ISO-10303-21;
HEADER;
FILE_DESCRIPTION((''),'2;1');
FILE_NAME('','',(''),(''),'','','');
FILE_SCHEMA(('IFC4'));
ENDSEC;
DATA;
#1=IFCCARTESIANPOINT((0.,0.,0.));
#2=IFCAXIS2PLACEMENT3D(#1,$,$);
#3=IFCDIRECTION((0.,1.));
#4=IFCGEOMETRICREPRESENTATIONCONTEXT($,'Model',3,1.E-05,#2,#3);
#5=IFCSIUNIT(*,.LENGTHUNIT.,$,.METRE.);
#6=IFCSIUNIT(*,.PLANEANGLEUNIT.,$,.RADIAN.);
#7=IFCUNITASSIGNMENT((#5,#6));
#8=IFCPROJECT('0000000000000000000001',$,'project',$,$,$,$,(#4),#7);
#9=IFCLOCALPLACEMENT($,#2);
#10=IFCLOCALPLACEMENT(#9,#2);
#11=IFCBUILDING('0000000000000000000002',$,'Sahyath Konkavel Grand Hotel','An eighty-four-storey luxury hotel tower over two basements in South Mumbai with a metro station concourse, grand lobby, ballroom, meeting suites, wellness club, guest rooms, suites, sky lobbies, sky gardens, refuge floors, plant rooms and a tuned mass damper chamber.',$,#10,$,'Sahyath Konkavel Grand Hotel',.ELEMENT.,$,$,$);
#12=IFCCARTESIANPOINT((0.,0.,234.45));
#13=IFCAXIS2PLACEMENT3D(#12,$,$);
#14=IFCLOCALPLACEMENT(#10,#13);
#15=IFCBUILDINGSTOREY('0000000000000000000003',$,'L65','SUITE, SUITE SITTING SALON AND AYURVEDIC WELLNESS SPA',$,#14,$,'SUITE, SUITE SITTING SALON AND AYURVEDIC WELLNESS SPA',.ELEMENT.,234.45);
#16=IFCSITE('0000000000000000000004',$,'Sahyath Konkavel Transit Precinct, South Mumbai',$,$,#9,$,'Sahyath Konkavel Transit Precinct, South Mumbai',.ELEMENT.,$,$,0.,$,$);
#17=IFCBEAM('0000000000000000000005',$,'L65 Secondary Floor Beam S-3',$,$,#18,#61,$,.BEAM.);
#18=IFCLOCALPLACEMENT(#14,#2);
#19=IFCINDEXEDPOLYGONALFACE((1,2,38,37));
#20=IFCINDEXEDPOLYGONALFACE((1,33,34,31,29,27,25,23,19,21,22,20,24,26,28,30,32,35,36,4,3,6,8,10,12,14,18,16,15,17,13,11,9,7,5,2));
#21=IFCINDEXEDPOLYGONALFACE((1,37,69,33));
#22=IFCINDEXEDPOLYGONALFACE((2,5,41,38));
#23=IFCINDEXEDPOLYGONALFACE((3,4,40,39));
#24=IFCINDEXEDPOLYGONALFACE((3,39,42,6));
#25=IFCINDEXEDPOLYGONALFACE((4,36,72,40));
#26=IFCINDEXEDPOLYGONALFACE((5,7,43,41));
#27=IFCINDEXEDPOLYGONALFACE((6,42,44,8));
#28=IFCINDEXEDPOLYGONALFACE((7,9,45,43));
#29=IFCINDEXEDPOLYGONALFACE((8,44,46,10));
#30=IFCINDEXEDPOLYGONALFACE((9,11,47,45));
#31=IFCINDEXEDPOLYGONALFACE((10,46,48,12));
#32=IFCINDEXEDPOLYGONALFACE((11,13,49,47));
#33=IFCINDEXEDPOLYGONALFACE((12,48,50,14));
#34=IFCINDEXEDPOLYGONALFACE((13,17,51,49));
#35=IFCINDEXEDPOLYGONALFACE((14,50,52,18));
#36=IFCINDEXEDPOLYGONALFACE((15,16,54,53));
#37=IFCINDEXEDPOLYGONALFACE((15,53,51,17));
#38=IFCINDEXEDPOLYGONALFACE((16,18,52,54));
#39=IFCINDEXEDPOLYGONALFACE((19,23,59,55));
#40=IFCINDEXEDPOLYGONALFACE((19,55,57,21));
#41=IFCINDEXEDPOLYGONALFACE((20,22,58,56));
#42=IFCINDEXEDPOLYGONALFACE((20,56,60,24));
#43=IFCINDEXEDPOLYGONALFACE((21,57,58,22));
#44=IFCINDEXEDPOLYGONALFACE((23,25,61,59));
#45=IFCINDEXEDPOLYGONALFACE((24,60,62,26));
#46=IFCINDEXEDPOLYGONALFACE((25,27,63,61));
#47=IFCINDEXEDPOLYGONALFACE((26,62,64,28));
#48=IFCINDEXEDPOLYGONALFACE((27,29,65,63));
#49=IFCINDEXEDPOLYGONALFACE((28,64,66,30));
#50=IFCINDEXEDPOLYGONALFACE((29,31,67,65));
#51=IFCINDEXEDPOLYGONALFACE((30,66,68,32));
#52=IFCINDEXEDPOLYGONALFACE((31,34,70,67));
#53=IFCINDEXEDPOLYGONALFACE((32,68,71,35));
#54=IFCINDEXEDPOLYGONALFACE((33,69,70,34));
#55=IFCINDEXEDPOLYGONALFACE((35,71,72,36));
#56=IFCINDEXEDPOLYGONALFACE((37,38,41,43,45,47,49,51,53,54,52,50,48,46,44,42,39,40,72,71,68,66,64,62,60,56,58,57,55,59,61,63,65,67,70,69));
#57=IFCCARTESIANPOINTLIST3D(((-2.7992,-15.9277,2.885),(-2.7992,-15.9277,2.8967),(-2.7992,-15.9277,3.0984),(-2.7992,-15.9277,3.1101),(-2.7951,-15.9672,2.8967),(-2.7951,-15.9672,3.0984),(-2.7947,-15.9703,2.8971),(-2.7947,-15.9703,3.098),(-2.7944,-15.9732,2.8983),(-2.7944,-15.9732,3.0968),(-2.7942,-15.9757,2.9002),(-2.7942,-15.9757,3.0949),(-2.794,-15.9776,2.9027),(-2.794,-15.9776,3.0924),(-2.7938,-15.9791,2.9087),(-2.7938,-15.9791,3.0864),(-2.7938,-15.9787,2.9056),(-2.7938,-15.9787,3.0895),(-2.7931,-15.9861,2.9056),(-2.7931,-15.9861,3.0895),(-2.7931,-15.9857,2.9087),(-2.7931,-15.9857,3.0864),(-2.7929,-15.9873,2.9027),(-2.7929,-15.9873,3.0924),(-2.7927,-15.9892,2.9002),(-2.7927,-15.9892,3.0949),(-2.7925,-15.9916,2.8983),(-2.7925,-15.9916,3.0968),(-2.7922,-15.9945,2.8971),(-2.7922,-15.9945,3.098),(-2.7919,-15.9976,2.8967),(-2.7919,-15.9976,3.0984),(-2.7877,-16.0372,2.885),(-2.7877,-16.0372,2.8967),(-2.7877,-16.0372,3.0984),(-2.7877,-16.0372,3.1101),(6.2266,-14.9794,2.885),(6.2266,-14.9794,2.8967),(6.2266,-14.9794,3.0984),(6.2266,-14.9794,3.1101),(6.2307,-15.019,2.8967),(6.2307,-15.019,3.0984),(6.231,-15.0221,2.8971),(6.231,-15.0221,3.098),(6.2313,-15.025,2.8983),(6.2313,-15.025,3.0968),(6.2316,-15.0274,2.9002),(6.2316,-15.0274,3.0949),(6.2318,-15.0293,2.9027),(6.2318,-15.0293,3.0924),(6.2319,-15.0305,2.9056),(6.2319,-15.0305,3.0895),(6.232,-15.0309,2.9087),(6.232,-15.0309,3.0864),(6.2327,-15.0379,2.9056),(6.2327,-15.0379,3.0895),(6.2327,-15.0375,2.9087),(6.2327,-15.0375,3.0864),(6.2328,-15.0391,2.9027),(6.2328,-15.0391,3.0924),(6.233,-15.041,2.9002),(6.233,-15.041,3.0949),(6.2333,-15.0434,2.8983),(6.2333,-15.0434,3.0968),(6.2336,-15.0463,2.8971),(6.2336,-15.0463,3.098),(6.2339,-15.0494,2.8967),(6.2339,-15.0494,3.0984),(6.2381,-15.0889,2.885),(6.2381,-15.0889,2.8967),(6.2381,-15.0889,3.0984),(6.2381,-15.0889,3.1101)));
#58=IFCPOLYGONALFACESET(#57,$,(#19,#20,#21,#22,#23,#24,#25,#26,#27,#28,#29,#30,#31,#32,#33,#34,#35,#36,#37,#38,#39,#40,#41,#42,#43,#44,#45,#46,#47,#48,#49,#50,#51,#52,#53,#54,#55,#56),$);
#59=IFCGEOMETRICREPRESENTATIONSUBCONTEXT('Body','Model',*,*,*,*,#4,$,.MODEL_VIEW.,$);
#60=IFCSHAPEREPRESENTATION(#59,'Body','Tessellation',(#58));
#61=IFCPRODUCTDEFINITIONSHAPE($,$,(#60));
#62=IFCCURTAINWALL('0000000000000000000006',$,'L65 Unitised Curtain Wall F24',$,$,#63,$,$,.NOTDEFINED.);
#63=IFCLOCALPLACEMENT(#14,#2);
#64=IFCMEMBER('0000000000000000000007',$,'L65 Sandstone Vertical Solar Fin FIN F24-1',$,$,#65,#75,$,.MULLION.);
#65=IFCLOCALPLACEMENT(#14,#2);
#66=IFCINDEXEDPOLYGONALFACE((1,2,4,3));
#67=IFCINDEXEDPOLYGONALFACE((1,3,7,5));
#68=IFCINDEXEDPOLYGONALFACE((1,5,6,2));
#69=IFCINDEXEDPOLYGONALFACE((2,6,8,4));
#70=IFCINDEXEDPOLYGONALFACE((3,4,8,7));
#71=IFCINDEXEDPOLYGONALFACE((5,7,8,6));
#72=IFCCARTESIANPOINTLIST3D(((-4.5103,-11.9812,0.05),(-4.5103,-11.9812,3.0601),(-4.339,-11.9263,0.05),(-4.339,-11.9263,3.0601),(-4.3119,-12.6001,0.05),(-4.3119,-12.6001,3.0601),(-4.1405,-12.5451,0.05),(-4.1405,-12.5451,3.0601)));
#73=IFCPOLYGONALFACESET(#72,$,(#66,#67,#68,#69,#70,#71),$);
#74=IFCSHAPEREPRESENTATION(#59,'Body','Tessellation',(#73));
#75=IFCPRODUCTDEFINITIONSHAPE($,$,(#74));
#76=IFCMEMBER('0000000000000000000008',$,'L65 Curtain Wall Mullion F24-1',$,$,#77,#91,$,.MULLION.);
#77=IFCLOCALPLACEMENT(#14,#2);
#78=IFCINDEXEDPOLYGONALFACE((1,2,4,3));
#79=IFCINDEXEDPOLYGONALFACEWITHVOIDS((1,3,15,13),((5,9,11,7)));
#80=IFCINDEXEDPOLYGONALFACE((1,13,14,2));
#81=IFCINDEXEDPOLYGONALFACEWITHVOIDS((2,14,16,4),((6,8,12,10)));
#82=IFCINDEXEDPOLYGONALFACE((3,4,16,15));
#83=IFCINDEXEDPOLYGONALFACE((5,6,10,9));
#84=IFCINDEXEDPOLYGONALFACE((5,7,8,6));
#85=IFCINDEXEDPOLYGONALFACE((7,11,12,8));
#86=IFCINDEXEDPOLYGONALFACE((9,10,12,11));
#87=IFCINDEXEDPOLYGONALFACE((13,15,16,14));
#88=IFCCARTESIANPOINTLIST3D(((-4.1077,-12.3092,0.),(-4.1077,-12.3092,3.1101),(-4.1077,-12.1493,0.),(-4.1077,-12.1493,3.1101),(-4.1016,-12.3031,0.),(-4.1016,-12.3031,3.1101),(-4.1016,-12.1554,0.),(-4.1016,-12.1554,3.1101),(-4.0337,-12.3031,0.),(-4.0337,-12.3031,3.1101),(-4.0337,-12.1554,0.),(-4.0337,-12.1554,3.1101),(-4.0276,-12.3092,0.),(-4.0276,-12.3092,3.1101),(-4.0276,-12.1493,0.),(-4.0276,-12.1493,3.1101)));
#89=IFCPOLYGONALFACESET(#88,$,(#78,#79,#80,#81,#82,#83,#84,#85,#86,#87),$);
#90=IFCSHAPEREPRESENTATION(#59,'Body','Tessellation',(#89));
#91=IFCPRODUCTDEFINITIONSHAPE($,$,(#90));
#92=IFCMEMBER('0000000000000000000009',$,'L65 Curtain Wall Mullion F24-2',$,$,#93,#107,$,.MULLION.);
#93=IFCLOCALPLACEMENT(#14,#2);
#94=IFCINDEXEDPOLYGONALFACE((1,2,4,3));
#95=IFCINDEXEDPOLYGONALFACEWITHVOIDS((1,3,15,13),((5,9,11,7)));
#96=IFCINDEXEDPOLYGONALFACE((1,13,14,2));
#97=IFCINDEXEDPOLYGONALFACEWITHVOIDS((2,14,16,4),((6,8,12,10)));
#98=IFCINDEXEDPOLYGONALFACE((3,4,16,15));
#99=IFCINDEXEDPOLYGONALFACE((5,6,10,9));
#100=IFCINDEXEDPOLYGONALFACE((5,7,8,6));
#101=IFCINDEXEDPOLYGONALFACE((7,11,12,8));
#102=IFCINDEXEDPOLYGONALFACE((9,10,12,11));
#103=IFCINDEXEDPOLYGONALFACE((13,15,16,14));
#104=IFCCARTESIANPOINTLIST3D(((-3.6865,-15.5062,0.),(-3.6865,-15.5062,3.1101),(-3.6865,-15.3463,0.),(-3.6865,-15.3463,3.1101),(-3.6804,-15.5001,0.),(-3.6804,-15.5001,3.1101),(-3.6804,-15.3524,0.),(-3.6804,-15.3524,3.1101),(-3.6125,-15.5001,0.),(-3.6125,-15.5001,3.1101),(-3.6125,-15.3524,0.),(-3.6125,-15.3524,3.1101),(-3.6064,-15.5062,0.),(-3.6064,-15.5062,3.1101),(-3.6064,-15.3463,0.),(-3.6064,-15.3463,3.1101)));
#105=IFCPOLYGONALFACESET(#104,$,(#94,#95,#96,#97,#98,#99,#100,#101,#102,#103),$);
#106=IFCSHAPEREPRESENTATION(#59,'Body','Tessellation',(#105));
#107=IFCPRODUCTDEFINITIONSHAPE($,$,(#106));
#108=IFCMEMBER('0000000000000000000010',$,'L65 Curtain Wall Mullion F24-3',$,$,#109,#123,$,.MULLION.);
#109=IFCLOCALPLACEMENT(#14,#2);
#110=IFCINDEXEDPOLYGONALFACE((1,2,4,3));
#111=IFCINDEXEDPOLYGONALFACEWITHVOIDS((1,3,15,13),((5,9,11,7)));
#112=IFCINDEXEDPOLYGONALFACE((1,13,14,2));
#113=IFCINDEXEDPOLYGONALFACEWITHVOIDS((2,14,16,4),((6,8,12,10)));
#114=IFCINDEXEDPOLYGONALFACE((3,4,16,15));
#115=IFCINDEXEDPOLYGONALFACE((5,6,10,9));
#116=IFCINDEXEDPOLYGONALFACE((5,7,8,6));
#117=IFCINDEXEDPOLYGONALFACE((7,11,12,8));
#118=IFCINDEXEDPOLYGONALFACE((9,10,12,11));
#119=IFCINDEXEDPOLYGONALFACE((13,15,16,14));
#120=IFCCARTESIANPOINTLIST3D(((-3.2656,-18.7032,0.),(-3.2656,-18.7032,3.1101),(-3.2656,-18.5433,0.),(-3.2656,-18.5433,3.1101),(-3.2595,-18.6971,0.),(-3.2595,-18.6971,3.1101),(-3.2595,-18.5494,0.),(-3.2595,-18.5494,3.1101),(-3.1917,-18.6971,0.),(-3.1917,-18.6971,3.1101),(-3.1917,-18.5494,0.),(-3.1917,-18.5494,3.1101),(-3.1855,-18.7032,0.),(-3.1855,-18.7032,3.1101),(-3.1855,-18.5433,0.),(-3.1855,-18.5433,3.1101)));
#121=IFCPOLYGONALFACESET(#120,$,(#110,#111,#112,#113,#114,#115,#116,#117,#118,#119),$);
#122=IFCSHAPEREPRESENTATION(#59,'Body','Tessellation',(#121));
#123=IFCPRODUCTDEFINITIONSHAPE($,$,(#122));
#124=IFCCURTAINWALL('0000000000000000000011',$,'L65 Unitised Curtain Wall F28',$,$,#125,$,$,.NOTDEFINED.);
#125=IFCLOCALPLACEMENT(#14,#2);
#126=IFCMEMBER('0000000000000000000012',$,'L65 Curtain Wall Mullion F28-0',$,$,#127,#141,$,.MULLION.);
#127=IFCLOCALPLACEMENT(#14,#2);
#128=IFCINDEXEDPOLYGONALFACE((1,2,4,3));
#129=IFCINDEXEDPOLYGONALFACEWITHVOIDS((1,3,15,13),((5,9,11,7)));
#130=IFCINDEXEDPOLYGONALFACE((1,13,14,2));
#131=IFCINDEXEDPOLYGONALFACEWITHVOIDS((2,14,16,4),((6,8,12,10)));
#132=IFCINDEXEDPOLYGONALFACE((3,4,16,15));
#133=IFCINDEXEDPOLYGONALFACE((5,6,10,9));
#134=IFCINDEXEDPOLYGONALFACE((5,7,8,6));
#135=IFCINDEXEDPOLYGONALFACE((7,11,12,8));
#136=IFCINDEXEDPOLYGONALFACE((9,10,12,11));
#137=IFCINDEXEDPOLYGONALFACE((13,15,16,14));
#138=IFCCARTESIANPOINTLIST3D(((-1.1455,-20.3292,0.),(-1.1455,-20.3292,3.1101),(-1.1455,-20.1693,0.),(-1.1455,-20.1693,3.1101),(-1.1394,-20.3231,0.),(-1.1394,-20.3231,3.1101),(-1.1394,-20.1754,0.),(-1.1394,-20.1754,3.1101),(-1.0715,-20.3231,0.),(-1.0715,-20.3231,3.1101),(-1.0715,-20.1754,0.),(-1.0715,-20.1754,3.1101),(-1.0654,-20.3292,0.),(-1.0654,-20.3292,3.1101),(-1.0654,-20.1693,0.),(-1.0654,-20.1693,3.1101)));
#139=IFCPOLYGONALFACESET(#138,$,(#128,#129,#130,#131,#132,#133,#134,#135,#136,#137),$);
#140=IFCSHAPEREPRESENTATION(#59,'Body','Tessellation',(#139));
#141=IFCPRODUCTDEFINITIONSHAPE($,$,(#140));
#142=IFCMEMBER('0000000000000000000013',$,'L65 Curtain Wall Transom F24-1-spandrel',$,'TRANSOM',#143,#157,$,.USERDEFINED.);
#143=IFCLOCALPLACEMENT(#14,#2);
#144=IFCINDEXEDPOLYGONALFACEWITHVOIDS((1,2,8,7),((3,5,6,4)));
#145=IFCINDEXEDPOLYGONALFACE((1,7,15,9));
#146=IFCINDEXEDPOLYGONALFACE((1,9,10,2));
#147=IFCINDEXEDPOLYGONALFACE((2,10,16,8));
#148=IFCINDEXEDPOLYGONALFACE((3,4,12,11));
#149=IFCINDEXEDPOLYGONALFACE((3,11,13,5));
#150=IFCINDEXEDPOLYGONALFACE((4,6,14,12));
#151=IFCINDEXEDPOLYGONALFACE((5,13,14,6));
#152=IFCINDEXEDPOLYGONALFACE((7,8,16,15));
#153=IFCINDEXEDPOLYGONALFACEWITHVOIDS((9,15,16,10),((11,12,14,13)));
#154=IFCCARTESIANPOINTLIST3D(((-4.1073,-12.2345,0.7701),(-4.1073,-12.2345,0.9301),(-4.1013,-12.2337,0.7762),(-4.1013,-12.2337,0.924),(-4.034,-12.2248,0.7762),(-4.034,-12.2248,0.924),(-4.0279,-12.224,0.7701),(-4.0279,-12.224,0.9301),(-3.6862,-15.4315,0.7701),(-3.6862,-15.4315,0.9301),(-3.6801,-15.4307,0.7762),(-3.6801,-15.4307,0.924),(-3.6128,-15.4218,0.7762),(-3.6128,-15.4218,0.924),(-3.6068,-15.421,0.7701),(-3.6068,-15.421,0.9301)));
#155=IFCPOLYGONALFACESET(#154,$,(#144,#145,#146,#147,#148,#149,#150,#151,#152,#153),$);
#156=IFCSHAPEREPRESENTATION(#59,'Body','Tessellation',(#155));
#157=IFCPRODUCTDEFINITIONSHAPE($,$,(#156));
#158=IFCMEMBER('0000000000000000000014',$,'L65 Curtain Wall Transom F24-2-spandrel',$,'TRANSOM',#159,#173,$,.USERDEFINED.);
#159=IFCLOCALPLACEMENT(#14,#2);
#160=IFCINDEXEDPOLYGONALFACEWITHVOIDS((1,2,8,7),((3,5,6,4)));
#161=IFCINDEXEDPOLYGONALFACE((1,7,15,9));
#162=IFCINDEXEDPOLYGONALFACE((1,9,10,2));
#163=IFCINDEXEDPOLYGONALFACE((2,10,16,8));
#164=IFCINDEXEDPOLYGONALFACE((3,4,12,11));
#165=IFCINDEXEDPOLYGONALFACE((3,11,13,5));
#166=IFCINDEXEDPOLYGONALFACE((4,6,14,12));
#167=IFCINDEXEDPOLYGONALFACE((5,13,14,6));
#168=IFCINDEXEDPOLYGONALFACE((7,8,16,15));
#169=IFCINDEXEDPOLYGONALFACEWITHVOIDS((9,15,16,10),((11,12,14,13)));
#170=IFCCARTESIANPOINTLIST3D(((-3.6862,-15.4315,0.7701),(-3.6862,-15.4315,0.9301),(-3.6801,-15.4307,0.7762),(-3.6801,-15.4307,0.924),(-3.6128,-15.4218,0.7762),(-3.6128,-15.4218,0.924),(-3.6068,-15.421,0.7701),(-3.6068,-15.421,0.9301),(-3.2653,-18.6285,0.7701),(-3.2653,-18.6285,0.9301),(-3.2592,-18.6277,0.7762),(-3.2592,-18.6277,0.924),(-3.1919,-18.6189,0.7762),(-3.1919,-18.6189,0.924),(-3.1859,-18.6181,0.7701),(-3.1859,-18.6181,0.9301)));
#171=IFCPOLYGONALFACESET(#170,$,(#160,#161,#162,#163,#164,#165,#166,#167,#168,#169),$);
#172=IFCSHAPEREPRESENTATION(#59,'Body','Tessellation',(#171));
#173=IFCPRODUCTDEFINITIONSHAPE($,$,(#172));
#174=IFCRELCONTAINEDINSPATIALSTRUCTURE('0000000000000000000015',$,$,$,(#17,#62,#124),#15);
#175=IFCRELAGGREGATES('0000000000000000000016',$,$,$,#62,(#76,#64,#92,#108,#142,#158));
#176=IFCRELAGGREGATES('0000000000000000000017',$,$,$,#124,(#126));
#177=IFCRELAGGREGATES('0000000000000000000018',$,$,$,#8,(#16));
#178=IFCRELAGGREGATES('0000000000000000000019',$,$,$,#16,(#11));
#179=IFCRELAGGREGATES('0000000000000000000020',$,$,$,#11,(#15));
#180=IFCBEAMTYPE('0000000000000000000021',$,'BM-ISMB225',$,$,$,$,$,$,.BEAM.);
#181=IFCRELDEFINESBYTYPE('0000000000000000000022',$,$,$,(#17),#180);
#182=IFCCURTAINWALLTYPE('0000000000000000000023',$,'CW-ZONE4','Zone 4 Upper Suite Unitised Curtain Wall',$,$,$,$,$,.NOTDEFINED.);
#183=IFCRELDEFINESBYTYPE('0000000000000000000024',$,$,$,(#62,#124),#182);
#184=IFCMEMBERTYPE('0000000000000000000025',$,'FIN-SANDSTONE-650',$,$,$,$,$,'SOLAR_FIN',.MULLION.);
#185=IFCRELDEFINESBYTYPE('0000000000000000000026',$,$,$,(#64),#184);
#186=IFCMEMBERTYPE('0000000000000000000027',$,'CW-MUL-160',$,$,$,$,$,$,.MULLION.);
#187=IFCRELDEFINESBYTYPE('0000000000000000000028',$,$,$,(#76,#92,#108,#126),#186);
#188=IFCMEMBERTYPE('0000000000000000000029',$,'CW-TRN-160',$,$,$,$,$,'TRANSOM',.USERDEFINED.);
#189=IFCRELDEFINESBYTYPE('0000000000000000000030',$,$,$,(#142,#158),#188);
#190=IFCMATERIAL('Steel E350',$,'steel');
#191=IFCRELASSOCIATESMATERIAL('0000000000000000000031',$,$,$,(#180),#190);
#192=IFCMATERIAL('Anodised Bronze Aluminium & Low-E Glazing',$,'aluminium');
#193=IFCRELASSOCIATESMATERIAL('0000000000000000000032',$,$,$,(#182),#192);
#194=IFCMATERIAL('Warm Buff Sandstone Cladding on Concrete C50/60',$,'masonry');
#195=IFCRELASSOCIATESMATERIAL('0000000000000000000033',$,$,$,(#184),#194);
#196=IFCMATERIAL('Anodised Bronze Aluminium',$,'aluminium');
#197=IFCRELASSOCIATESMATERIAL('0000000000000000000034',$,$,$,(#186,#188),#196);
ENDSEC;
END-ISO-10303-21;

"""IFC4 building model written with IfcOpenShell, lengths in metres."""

from ifc_helpers import new_model, si_unit, direction, frame, origin, origin_2d, place, context, subcontext, project, spatial, rectangle, hollow_rectangle, i_section, extrude, source, transform, mapped, material, material_profile, profile_set, type_object, element, aggregate, save


model = new_model("IFC4")

# Units and contexts
model_context = context("Model", 3, precision=1e-05, world=origin(), true_north=direction((0.0, 1.0)))
body_context = subcontext(model_context, "Body", "Model", "MODEL_VIEW")
ifc_project = project(units=[si_unit("LENGTHUNIT", "METRE"), si_unit("PLANEANGLEUNIT", "RADIAN")], contexts=[model_context])

# Site, building, storey
site_placement = place(None, origin())
site = spatial("IfcSite", under=ifc_project, at=site_placement, Name="Sahyath Konkavel Transit Precinct, South Mumbai", LongName="Sahyath Konkavel Transit Precinct, South Mumbai", CompositionType="ELEMENT", RefElevation=0.0)
building_placement = place(site_placement, origin())
building = spatial("IfcBuilding", under=site, at=building_placement, Name="Sahyath Konkavel Grand Hotel", Description="An eighty-four-storey luxury hotel tower over two basements in South Mumbai with a metro station concourse, grand lobby, ballroom, meeting suites, wellness club, guest rooms, suites, sky lobbies, sky gardens, refuge floors, plant rooms and a tuned mass damper chamber.", LongName="Sahyath Konkavel Grand Hotel", CompositionType="ELEMENT")
storey_placement = place(building_placement, frame((0.0, 0.0, 234.45)))
storey = spatial("IfcBuildingStorey", under=building, at=storey_placement, Name="L65", Description="SUITE, SUITE SITTING SALON AND AYURVEDIC WELLNESS SPA", LongName="SUITE, SUITE SITTING SALON AND AYURVEDIC WELLNESS SPA", CompositionType="ELEMENT", Elevation=234.45)

# Beam
ifc_material_1 = material(Name="Steel E350", Category="steel")
ifc_material_profile_1 = material_profile(ifc_material_1, i_section(OverallWidth=0.1101, OverallDepth=0.2251, WebThickness=0.0066, FlangeThickness=0.0117, FilletRadius=0.012, at=origin_2d()), Name="ISMB 225")
ifc_profile_set_1 = profile_set([ifc_material_profile_1], Name="Steel E350")
beam_type_1 = type_object("IfcBeamType", Name="BM-ISMB225", PredefinedType="BEAM", material=ifc_profile_set_1)
shared_shape_1 = source(origin(), body_context, "Body", "SweptSolid", [
    extrude(i_section(OverallWidth=0.1101, OverallDepth=0.2251, WebThickness=0.0066, FlangeThickness=0.0117, FilletRadius=0.012, at=origin_2d()), origin(), (0.0, 0.0, 1.0), 9.0754),
])
beam_1_placement = place(storey_placement, frame((-2.7935, -15.9824, 2.9976), z_axis=(0.994527, 0.104483, 0.0), x_axis=(-0.104483, 0.994527, 0.0)))
element("IfcBeam", 1, at=beam_1_placement, inside=storey, type_object=beam_type_1, Name="L65 Secondary Floor Beam S-3", PredefinedType="BEAM", context=body_context, shape_type="MappedRepresentation", body=[
    mapped(shared_shape_1, transform((0.0, 0.0, 0.0), scale=1.0)),
])

# Curtain wall, members
ifc_material_2 = material(Name="Anodised Bronze Aluminium & Low-E Glazing", Category="aluminium")
curtain_wall_type = type_object("IfcCurtainWallType", Name="CW-ZONE4", Description="Zone 4 Upper Suite Unitised Curtain Wall", PredefinedType="NOTDEFINED", material=ifc_material_2)
curtain_wall_1_placement = place(storey_placement, origin())
curtain_wall_1 = element("IfcCurtainWall", 2, at=curtain_wall_1_placement, inside=storey, type_object=curtain_wall_type, Name="L65 Unitised Curtain Wall F24", PredefinedType="NOTDEFINED")
ifc_material_3 = material(Name="Warm Buff Sandstone Cladding on Concrete C50/60", Category="masonry")
ifc_material_profile_2 = material_profile(ifc_material_3, rectangle(XDim=0.1799, YDim=0.6499, at=origin_2d()), Name="FIN 180x650")
ifc_profile_set_2 = profile_set([ifc_material_profile_2], Name="Warm Buff Sandstone Cladding on Concrete C50/60")
member_type_1 = type_object("IfcMemberType", Name="FIN-SANDSTONE-650", ElementType="SOLAR_FIN", PredefinedType="MULLION", material=ifc_profile_set_2)
shared_shape_2 = source(origin(), body_context, "Body", "SweptSolid", [
    extrude(rectangle(XDim=0.1799, YDim=0.6499, at=origin_2d()), origin(), (0.0, 0.0, 1.0), 3.01),
])
member_1_placement = place(storey_placement, frame((-4.3254, -12.2632, 0.05), z_axis=(0.0, 0.0, 1.0), x_axis=(0.952236, 0.305363, 0.0)))
member_1 = element("IfcMember", 3, at=member_1_placement, type_object=member_type_1, Name="L65 Sandstone Vertical Solar Fin FIN F24-1", PredefinedType="MULLION", context=body_context, shape_type="MappedRepresentation", body=[
    mapped(shared_shape_2, transform((0.0, 0.0, 0.0), scale=1.0)),
])
ifc_material_4 = material(Name="Anodised Bronze Aluminium", Category="aluminium")
ifc_material_profile_3 = material_profile(ifc_material_4, hollow_rectangle(XDim=0.0801, YDim=0.1599, WallThickness=0.0061, at=origin_2d()), Name="RHS 160x80x6")
ifc_profile_set_3 = profile_set([ifc_material_profile_3], Name="Anodised Bronze Aluminium")
member_type_2 = type_object("IfcMemberType", Name="CW-MUL-160", PredefinedType="MULLION", material=ifc_profile_set_3)
shared_shape_3 = source(origin(), body_context, "Body", "SweptSolid", [
    extrude(hollow_rectangle(XDim=0.0801, YDim=0.1599, WallThickness=0.0061, at=origin_2d()), origin(), (0.0, 0.0, 1.0), 3.1101),
])
member_2_placement = place(storey_placement, frame((-4.0676, -12.2292, 0.0), z_axis=(0.0, 0.0, 1.0), x_axis=(1.0, 0.0, 0.0)))
member_2 = element("IfcMember", 4, at=member_2_placement, type_object=member_type_2, Name="L65 Curtain Wall Mullion F24-1", PredefinedType="MULLION", context=body_context, shape_type="MappedRepresentation", body=[
    mapped(shared_shape_3, transform((0.0, 0.0, 0.0), scale=1.0)),
])
member_3_placement = place(storey_placement, frame((-3.6465, -15.4263, 0.0), z_axis=(0.0, 0.0, 1.0), x_axis=(1.0, 0.0, 0.0)))
member_3 = element("IfcMember", 5, at=member_3_placement, type_object=member_type_2, Name="L65 Curtain Wall Mullion F24-2", PredefinedType="MULLION", context=body_context, shape_type="MappedRepresentation", body=[
    mapped(shared_shape_3, transform((0.0, 0.0, 0.0), scale=1.0)),
])
member_4_placement = place(storey_placement, frame((-3.2256, -18.6233, 0.0), z_axis=(0.0, 0.0, 1.0), x_axis=(1.0, 0.0, 0.0)))
member_4 = element("IfcMember", 6, at=member_4_placement, type_object=member_type_2, Name="L65 Curtain Wall Mullion F24-3", PredefinedType="MULLION", context=body_context, shape_type="MappedRepresentation", body=[
    mapped(shared_shape_3, transform((0.0, 0.0, 0.0), scale=1.0)),
])

# Curtain wall, member
curtain_wall_2_placement = place(storey_placement, origin())
curtain_wall_2 = element("IfcCurtainWall", 7, at=curtain_wall_2_placement, inside=storey, type_object=curtain_wall_type, Name="L65 Unitised Curtain Wall F28", PredefinedType="NOTDEFINED")
member_5_placement = place(storey_placement, frame((-1.1055, -20.2493, 0.0), z_axis=(0.0, 0.0, 1.0), x_axis=(1.0, 0.0, 0.0)))
member_5 = element("IfcMember", 8, at=member_5_placement, type_object=member_type_2, Name="L65 Curtain Wall Mullion F28-0", PredefinedType="MULLION", context=body_context, shape_type="MappedRepresentation", body=[
    mapped(shared_shape_3, transform((0.0, 0.0, 0.0), scale=1.0)),
])

# Members
ifc_material_profile_4 = material_profile(ifc_material_4, hollow_rectangle(XDim=0.0801, YDim=0.1599, WallThickness=0.0061, at=origin_2d()), Name="RHS 160x80x6")
ifc_profile_set_4 = profile_set([ifc_material_profile_4], Name="Anodised Bronze Aluminium")
member_type_3 = type_object("IfcMemberType", Name="CW-TRN-160", ElementType="TRANSOM", PredefinedType="USERDEFINED", material=ifc_profile_set_4)
shared_shape_4 = source(origin(), body_context, "Body", "SweptSolid", [
    extrude(hollow_rectangle(XDim=0.0801, YDim=0.1599, WallThickness=0.0061, at=origin_2d()), origin(), (0.0, 0.0, 1.0), 3.2246),
])
member_6_placement = place(storey_placement, frame((-4.0676, -12.2292, 0.8501), z_axis=(0.130601, -0.991435, 0.0), x_axis=(0.991435, 0.130601, 0.0)))
member_6 = element("IfcMember", 9, at=member_6_placement, type_object=member_type_3, Name="L65 Curtain Wall Transom F24-1-spandrel", ObjectType="TRANSOM", PredefinedType="USERDEFINED", context=body_context, shape_type="MappedRepresentation", body=[
    mapped(shared_shape_4, transform((0.0, 0.0, 0.0), scale=1.0)),
])
member_7_placement = place(storey_placement, frame((-3.6465, -15.4263, 0.8501), z_axis=(0.130527, -0.991445, 0.0), x_axis=(0.991445, 0.130527, 0.0)))
member_7 = element("IfcMember", 10, at=member_7_placement, type_object=member_type_3, Name="L65 Curtain Wall Transom F24-2-spandrel", ObjectType="TRANSOM", PredefinedType="USERDEFINED", context=body_context, shape_type="MappedRepresentation", body=[
    mapped(shared_shape_4, transform((0.0, 0.0, 0.0), scale=1.0)),
])

aggregate(curtain_wall_1, [member_2, member_1, member_3, member_4, member_6, member_7])
aggregate(curtain_wall_2, [member_5])

save(model, "model.ifc")
